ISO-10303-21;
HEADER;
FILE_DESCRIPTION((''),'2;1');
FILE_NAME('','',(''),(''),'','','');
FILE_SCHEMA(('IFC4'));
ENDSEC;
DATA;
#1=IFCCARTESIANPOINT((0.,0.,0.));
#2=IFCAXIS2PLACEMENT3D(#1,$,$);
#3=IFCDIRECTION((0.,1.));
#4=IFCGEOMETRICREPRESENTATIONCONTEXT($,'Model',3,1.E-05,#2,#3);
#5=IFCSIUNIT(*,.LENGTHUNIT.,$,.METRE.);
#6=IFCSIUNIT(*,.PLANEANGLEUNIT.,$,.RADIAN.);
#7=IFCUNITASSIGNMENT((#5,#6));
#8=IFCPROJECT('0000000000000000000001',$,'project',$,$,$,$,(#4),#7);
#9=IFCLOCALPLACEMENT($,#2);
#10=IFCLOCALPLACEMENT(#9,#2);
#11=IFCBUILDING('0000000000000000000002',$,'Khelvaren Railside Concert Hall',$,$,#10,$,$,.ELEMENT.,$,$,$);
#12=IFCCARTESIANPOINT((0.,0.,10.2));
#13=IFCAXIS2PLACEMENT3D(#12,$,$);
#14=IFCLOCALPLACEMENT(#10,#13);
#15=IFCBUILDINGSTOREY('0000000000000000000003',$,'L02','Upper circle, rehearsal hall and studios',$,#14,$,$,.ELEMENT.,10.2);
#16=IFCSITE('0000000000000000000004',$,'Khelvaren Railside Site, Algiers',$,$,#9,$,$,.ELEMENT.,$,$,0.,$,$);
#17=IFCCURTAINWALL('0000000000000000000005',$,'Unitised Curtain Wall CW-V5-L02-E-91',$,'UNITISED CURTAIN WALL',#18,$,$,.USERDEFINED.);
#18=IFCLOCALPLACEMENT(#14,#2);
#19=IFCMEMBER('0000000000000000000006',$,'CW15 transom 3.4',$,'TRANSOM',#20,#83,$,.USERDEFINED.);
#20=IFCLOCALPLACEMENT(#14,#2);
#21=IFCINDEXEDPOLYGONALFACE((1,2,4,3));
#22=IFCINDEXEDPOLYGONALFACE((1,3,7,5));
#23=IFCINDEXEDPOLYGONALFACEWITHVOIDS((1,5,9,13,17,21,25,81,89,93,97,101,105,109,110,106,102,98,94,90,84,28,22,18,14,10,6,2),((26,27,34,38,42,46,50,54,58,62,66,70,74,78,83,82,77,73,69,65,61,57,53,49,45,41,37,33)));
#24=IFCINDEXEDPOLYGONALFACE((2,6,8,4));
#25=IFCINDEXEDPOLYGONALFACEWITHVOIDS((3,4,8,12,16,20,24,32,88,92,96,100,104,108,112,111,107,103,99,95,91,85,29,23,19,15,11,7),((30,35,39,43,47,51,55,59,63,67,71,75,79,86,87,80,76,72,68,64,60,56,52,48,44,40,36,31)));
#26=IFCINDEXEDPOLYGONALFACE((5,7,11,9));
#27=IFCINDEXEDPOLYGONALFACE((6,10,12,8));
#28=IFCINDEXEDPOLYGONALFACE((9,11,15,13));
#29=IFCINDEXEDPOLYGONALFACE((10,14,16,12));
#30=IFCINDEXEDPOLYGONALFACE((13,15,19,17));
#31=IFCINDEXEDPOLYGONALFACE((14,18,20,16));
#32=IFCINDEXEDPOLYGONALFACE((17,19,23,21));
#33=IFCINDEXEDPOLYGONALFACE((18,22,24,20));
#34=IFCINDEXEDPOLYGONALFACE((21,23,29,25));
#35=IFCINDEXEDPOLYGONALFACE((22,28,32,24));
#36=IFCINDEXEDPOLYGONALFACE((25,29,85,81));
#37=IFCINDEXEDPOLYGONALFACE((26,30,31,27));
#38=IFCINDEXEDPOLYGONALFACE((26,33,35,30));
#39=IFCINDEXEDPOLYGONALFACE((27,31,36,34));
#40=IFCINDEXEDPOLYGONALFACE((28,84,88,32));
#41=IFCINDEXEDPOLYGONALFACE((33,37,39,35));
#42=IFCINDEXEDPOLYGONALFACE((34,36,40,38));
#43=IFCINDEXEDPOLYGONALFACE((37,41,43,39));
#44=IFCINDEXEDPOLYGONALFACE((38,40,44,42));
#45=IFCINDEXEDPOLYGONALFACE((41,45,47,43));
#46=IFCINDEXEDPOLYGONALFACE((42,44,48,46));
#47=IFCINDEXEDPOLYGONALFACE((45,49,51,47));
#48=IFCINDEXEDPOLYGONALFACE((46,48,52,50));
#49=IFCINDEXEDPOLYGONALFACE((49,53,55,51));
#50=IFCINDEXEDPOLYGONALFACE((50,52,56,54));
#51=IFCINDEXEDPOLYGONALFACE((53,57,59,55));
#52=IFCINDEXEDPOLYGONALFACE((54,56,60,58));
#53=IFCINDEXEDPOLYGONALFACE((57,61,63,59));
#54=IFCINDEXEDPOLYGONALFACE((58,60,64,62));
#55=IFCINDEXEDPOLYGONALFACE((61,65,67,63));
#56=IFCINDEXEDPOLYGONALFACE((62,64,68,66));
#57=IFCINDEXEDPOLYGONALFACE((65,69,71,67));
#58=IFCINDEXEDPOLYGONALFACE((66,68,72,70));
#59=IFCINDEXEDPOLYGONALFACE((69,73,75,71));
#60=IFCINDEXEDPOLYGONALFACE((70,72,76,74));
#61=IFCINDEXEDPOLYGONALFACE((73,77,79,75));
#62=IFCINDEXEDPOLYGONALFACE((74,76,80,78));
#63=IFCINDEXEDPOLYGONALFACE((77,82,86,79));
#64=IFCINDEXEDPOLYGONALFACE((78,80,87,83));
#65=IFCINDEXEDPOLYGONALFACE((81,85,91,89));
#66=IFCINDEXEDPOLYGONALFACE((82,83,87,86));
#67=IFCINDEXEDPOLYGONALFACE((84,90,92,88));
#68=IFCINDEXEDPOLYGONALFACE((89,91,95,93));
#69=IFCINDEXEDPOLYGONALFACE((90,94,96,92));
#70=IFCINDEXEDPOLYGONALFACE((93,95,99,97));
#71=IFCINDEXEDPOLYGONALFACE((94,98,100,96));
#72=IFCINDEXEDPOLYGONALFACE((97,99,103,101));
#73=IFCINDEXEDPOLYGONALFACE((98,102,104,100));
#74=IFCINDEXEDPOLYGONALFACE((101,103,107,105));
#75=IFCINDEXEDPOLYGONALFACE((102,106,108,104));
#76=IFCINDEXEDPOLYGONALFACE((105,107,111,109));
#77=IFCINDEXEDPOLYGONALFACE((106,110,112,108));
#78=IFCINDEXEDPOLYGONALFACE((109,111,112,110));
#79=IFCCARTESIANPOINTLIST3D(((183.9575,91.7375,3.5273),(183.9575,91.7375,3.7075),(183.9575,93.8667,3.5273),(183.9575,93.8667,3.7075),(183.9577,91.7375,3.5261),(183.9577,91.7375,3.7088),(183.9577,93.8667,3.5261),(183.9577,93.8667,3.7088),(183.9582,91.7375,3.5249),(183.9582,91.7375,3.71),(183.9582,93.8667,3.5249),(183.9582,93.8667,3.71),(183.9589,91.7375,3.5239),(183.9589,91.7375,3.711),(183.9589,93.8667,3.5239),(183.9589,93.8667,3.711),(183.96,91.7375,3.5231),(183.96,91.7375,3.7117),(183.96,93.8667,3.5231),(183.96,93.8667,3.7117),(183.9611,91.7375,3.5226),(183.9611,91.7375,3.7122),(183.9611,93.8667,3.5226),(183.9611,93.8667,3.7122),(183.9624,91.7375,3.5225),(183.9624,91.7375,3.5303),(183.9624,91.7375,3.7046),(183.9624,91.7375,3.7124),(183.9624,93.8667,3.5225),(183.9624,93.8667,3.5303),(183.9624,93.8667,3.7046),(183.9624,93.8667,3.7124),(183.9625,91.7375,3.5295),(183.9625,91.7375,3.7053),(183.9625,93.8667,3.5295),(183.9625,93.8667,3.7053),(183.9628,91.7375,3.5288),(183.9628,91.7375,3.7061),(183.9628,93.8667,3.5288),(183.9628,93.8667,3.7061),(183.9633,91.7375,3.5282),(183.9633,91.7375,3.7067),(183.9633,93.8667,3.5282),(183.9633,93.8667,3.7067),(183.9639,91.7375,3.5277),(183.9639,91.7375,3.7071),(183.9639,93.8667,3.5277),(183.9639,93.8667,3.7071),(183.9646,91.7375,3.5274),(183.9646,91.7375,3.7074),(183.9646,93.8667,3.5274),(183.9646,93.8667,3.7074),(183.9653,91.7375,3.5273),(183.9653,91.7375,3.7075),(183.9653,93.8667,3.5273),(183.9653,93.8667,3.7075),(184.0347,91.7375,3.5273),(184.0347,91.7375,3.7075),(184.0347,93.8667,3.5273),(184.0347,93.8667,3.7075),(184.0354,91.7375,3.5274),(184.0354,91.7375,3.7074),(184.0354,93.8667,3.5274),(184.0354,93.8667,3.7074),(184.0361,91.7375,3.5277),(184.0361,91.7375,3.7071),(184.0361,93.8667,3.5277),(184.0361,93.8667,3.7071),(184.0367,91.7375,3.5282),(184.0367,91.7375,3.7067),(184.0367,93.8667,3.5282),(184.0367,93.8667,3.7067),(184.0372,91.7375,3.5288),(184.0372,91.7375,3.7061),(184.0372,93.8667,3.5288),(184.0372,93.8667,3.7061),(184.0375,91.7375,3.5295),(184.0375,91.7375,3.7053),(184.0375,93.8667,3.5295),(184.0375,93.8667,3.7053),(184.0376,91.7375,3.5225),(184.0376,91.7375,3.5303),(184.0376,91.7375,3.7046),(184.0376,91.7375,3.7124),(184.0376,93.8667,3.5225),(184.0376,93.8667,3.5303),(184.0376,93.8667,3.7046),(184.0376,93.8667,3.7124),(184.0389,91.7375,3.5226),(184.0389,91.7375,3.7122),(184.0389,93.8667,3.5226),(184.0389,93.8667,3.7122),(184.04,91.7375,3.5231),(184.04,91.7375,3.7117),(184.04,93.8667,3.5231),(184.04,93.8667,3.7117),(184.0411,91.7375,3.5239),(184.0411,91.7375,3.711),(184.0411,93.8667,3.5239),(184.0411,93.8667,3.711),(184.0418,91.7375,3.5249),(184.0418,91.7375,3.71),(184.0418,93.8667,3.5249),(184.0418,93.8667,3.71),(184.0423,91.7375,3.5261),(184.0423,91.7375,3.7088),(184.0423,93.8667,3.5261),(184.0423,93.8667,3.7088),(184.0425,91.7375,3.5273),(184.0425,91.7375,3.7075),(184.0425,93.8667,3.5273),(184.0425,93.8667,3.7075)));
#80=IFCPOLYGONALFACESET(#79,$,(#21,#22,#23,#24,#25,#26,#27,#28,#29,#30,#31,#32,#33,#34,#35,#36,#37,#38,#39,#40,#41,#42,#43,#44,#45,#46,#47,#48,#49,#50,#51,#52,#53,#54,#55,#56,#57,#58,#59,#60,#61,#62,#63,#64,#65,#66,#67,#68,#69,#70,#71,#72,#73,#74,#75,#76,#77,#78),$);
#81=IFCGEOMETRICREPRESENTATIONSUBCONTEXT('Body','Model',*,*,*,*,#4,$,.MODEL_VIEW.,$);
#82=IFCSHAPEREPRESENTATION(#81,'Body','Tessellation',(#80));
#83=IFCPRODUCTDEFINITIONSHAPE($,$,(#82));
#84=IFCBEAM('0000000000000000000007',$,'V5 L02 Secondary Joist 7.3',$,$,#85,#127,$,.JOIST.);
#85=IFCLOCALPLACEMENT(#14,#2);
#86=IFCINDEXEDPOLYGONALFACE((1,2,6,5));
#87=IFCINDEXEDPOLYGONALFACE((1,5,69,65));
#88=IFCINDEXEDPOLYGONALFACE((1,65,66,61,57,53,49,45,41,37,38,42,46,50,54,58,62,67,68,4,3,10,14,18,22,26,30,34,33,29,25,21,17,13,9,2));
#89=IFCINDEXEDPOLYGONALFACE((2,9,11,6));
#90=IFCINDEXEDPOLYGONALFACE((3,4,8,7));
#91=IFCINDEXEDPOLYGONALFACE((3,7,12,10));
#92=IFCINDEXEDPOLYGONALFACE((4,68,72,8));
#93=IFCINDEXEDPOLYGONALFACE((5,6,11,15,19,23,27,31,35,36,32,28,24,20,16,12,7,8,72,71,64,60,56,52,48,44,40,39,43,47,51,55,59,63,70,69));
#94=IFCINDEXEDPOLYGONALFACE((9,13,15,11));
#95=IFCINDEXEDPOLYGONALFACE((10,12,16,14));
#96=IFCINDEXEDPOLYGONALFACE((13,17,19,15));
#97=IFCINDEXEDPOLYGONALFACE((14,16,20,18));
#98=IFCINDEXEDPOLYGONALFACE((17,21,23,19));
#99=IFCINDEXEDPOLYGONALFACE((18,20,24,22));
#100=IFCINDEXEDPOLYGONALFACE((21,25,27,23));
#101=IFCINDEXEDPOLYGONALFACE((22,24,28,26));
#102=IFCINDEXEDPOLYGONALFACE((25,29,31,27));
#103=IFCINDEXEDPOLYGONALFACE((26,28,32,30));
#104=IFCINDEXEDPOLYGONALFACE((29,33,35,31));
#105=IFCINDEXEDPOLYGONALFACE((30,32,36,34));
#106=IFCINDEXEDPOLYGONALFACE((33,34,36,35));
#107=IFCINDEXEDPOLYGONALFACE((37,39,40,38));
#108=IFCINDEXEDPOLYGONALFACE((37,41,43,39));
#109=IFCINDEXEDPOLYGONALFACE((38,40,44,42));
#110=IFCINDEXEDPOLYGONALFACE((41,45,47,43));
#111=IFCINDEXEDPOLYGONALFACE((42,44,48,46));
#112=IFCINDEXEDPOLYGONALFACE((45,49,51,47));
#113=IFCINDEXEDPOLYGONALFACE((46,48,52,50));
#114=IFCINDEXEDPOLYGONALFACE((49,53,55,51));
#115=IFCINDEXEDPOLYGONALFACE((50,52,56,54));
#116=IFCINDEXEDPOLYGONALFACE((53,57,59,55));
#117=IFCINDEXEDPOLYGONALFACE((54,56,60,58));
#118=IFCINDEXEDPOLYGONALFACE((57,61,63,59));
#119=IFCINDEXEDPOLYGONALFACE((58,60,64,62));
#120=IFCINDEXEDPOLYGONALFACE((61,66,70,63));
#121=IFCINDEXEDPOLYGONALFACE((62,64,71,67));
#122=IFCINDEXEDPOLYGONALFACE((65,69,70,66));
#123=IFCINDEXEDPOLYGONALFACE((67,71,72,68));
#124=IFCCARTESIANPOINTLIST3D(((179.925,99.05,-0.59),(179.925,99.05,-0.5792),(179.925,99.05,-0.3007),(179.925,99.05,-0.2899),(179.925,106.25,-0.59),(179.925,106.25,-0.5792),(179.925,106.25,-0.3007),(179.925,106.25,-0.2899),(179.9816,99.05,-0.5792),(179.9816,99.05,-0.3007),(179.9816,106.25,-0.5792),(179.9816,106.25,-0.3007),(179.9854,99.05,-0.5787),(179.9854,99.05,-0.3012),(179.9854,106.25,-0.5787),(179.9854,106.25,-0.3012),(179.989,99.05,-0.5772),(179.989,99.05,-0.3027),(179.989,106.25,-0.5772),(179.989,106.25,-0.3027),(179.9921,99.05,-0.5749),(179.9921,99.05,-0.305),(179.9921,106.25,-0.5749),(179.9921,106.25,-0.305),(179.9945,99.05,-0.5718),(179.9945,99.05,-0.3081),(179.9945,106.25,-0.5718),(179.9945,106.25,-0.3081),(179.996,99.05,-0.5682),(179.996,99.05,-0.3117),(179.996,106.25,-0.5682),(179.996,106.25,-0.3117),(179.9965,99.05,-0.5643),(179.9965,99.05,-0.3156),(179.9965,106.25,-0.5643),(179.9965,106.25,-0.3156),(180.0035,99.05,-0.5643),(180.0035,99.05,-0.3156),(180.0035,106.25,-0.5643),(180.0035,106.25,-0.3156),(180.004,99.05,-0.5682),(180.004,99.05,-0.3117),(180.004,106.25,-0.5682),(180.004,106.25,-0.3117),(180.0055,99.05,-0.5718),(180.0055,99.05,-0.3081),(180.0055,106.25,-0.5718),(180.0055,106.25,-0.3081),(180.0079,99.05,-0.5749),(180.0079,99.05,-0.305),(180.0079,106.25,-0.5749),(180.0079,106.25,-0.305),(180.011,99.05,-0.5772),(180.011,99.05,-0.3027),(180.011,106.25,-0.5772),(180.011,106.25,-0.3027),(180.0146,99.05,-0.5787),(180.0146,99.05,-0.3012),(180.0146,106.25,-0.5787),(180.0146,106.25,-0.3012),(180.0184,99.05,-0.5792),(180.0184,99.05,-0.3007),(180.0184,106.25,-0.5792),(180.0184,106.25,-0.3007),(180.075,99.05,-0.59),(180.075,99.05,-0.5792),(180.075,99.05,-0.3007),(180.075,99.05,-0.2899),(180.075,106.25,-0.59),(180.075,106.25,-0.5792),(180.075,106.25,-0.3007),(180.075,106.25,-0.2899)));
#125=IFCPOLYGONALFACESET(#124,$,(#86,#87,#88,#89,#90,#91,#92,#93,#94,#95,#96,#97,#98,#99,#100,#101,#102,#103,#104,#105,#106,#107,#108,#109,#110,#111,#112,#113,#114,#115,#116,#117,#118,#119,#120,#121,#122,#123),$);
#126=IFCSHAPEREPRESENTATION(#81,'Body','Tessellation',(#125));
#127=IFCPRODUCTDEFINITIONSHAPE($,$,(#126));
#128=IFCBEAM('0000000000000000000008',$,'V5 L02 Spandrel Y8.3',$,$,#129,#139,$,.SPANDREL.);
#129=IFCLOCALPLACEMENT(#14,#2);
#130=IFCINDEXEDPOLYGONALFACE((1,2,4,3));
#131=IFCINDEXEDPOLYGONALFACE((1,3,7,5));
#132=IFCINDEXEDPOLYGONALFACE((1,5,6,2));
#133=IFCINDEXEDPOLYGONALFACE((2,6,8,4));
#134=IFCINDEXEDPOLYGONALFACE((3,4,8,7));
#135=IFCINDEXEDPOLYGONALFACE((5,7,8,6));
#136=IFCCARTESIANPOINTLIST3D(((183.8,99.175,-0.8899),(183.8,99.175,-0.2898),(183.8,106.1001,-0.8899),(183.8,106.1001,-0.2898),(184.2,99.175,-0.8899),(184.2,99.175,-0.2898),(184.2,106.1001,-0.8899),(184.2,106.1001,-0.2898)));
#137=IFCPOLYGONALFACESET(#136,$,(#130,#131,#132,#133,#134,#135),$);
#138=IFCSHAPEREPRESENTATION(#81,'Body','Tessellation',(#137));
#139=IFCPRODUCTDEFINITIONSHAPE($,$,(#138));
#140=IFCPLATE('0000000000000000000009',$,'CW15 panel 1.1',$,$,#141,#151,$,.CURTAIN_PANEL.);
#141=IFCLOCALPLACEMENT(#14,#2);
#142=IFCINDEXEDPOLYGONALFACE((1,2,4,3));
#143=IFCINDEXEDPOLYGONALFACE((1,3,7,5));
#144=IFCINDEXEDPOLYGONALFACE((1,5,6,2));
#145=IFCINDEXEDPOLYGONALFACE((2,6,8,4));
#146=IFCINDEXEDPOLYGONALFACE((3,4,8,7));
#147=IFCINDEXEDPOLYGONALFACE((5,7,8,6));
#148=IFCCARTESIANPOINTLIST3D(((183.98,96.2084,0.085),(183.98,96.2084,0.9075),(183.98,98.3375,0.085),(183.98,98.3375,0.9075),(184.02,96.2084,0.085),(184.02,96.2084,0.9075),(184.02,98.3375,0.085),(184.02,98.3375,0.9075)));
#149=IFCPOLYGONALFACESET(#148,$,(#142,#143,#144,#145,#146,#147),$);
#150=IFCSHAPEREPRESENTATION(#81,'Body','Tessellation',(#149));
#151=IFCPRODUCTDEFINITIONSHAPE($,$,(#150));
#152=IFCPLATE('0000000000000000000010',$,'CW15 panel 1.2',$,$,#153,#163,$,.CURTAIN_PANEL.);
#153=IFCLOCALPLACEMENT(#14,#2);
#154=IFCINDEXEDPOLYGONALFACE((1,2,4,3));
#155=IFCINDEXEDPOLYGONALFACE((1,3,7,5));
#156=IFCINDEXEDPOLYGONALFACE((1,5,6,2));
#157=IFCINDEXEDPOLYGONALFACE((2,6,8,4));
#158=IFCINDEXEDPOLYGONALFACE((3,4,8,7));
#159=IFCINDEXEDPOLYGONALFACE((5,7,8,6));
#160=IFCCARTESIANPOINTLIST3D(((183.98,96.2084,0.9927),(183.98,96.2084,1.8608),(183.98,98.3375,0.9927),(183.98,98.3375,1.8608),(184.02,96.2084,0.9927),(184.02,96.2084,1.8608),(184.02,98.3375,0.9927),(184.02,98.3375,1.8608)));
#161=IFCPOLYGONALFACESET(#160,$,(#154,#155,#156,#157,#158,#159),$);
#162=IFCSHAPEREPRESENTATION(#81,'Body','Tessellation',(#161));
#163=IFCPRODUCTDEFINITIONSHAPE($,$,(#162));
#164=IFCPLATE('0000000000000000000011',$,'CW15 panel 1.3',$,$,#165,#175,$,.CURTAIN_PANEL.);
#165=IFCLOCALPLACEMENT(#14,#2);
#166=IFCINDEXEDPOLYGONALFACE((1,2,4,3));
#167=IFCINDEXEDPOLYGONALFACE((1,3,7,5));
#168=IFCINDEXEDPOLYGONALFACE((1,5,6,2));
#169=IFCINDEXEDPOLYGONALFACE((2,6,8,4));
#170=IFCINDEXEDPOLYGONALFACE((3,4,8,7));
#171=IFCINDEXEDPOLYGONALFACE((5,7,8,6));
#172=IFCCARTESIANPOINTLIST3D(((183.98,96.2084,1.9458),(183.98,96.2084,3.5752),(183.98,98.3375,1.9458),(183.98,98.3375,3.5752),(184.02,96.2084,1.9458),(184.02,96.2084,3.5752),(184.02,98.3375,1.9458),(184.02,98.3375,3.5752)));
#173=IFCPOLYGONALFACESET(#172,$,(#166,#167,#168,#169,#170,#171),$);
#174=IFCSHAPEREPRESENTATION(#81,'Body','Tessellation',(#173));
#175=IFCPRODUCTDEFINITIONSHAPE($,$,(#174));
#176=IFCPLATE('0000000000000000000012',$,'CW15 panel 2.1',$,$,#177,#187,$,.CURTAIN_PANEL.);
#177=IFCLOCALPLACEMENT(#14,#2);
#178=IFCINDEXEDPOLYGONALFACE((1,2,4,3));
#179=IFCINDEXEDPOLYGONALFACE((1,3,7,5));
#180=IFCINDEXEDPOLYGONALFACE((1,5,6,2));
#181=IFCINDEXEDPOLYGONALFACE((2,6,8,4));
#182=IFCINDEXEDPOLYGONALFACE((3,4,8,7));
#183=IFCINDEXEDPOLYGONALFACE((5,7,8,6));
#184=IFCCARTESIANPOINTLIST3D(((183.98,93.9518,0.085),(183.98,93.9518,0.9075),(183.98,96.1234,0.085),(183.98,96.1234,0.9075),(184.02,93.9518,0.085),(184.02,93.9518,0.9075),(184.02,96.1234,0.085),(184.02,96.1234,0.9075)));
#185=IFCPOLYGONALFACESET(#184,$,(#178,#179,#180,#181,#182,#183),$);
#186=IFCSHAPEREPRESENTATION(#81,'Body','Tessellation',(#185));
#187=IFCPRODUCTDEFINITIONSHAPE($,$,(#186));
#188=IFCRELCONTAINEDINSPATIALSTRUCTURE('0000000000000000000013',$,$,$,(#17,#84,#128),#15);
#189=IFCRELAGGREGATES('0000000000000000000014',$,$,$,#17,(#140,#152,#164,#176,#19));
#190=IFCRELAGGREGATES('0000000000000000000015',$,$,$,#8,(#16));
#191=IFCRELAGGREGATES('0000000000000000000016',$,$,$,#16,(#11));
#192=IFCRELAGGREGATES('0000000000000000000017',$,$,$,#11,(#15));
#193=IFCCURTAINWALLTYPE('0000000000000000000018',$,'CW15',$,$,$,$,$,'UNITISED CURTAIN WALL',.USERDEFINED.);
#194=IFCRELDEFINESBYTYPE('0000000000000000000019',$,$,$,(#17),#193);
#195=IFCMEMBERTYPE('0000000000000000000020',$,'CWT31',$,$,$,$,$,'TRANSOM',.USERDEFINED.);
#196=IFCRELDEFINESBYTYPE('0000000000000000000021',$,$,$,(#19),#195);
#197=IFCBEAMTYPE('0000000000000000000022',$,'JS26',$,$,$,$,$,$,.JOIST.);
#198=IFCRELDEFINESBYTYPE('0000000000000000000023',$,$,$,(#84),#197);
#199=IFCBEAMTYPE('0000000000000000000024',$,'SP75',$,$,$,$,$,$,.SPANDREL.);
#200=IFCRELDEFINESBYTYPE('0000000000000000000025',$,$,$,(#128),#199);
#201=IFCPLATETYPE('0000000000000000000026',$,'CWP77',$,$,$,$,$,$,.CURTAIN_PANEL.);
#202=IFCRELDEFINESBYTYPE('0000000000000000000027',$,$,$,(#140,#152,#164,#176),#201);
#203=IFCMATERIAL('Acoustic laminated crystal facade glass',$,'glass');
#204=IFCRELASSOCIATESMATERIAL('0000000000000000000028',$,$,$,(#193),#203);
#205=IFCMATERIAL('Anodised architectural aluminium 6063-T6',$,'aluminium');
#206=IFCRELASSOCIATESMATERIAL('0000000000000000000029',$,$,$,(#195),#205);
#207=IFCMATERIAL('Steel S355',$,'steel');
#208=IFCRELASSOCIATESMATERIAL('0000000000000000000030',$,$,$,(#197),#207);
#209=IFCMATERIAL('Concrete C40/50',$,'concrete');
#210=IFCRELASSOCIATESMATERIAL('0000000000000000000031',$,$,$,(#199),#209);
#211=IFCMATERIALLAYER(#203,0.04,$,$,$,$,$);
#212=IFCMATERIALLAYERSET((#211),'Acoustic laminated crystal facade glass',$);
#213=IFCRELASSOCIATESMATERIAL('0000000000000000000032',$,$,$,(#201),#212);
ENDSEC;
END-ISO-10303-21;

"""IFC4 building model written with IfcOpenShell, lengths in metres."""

from ifc_helpers import new_model, si_unit, direction, frame, origin, origin_2d, place, context, subcontext, project, spatial, rectangle, hollow_rectangle, i_section, extrude, material, layer, layer_set, material_profile, profile_set, type_object, element, aggregate, save


model = new_model("IFC4")

# Units and contexts
model_context = context("Model", 3, precision=1e-05, world=origin(), true_north=direction((0.0, 1.0)))
body_context = subcontext(model_context, "Body", "Model", "MODEL_VIEW")
ifc_project = project(units=[si_unit("LENGTHUNIT", "METRE"), si_unit("PLANEANGLEUNIT", "RADIAN")], contexts=[model_context])

# Site, building, storey
site_placement = place(None, origin())
site = spatial("IfcSite", under=ifc_project, at=site_placement, Name="Khelvaren Railside Site, Algiers", CompositionType="ELEMENT", RefElevation=0.0)
building_placement = place(site_placement, origin())
building = spatial("IfcBuilding", under=site, at=building_placement, Name="Khelvaren Railside Concert Hall", CompositionType="ELEMENT")
storey_placement = place(building_placement, frame((0.0, 0.0, 10.2)))
storey = spatial("IfcBuildingStorey", under=building, at=storey_placement, Name="L02", Description="Upper circle, rehearsal hall and studios", CompositionType="ELEMENT", Elevation=10.2)

# Curtain wall
ifc_material_1 = material(Name="Acoustic laminated crystal facade glass", Category="glass")
curtain_wall_type_1 = type_object("IfcCurtainWallType", Name="CW15", ElementType="UNITISED CURTAIN WALL", PredefinedType="USERDEFINED", material=ifc_material_1)
curtain_wall_1_placement = place(storey_placement, origin())
curtain_wall_1 = element("IfcCurtainWall", 1, at=curtain_wall_1_placement, inside=storey, type_object=curtain_wall_type_1, Name="Unitised Curtain Wall CW-V5-L02-E-91", ObjectType="UNITISED CURTAIN WALL", PredefinedType="USERDEFINED")
ifc_material_2 = material(Name="Anodised architectural aluminium 6063-T6", Category="aluminium")

# Member
ifc_material_profile_1 = material_profile(ifc_material_2, hollow_rectangle(XDim=0.085, YDim=0.1899, WallThickness=0.0049, InnerFilletRadius=0.0029, OuterFilletRadius=0.0049, at=origin_2d()), Name="CWT 85x190x5")
ifc_profile_set_1 = profile_set([ifc_material_profile_1], Name="Anodised architectural aluminium 6063-T6")
member_type_1 = type_object("IfcMemberType", Name="CWT31", ElementType="TRANSOM", PredefinedType="USERDEFINED", material=ifc_profile_set_1)
member_1_placement = place(storey_placement, frame((184.0, 93.8667, 3.6174), z_axis=(0.0, -1.0, 0.0), x_axis=(1.0, 0.0, 0.0)))
member_1 = element("IfcMember", 2, at=member_1_placement, type_object=member_type_1, Name="CW15 transom 3.4", ObjectType="TRANSOM", PredefinedType="USERDEFINED", context=body_context, shape_type="SweptSolid", body=[
    extrude(hollow_rectangle(XDim=0.085, YDim=0.1899, WallThickness=0.0049, InnerFilletRadius=0.0029, OuterFilletRadius=0.0049, at=origin_2d()), origin(), (0.0, 0.0, 1.0), 2.1292),
])

# Beams
ifc_material_3 = material(Name="Steel S355", Category="steel")
ifc_material_profile_2 = material_profile(ifc_material_3, i_section(OverallWidth=0.1499, OverallDepth=0.3, WebThickness=0.0071, FlangeThickness=0.0107, FilletRadius=0.0149, at=origin_2d()), Name="IPE 300")
ifc_profile_set_2 = profile_set([ifc_material_profile_2], Name="Steel S355")
beam_type_1 = type_object("IfcBeamType", Name="JS26", PredefinedType="JOIST", material=ifc_profile_set_2)
beam_1_placement = place(storey_placement, frame((180.0, 99.05, -0.4399), z_axis=(0.0, 1.0, 0.0), x_axis=(-1.0, 0.0, 0.0)))
element("IfcBeam", 3, at=beam_1_placement, inside=storey, type_object=beam_type_1, Name="V5 L02 Secondary Joist 7.3", PredefinedType="JOIST", context=body_context, shape_type="SweptSolid", body=[
    extrude(i_section(OverallWidth=0.1499, OverallDepth=0.3, WebThickness=0.0071, FlangeThickness=0.0107, FilletRadius=0.0149, at=origin_2d()), origin(), (0.0, 0.0, 1.0), 7.2),
])
ifc_material_4 = material(Name="Concrete C40/50", Category="concrete")
ifc_material_profile_3 = material_profile(ifc_material_4, rectangle(XDim=0.3999, YDim=0.6001, at=origin_2d()), Name="RCB 400x600")
ifc_profile_set_3 = profile_set([ifc_material_profile_3], Name="Concrete C40/50")
beam_type_2 = type_object("IfcBeamType", Name="SP75", PredefinedType="SPANDREL", material=ifc_profile_set_3)
beam_2_placement = place(storey_placement, frame((184.0, 99.175, -0.5898), z_axis=(0.0, 1.0, 0.0), x_axis=(-1.0, 0.0, 0.0)))
element("IfcBeam", 4, at=beam_2_placement, inside=storey, type_object=beam_type_2, Name="V5 L02 Spandrel Y8.3", PredefinedType="SPANDREL", context=body_context, shape_type="SweptSolid", body=[
    extrude(rectangle(XDim=0.3999, YDim=0.6001, at=origin_2d()), origin(), (0.0, 0.0, 1.0), 6.925),
])

# Plates
ifc_layer = layer(ifc_material_1, 0.04)
ifc_layer_set = layer_set([ifc_layer], Name="Acoustic laminated crystal facade glass")
plate_type = type_object("IfcPlateType", Name="CWP77", PredefinedType="CURTAIN_PANEL", material=ifc_layer_set)
plate_1_placement = place(storey_placement, frame((184.0, 97.2729, 0.085), z_axis=(0.0, 0.0, 1.0), x_axis=(0.0, -1.0, 0.0)))
plate_1 = element("IfcPlate", 5, at=plate_1_placement, type_object=plate_type, Name="CW15 panel 1.1", PredefinedType="CURTAIN_PANEL", context=body_context, shape_type="SweptSolid", body=[
    extrude(rectangle(XDim=2.1292, YDim=0.04, at=origin_2d()), origin(), (0.0, 0.0, 1.0), 0.8225),
])
plate_2_placement = place(storey_placement, frame((184.0, 97.2729, 0.9927), z_axis=(0.0, 0.0, 1.0), x_axis=(0.0, -1.0, 0.0)))
plate_2 = element("IfcPlate", 6, at=plate_2_placement, type_object=plate_type, Name="CW15 panel 1.2", PredefinedType="CURTAIN_PANEL", context=body_context, shape_type="SweptSolid", body=[
    extrude(rectangle(XDim=2.1292, YDim=0.04, at=origin_2d()), origin(), (0.0, 0.0, 1.0), 0.8682),
])
plate_3_placement = place(storey_placement, frame((184.0, 97.2729, 1.9458), z_axis=(0.0, 0.0, 1.0), x_axis=(0.0, -1.0, 0.0)))
plate_3 = element("IfcPlate", 7, at=plate_3_placement, type_object=plate_type, Name="CW15 panel 1.3", PredefinedType="CURTAIN_PANEL", context=body_context, shape_type="SweptSolid", body=[
    extrude(rectangle(XDim=2.1292, YDim=0.04, at=origin_2d()), origin(), (0.0, 0.0, 1.0), 1.6294),
])
plate_4_placement = place(storey_placement, frame((184.0, 95.0376, 0.085), z_axis=(0.0, 0.0, 1.0), x_axis=(0.0, -1.0, 0.0)))
plate_4 = element("IfcPlate", 8, at=plate_4_placement, type_object=plate_type, Name="CW15 panel 2.1", PredefinedType="CURTAIN_PANEL", context=body_context, shape_type="SweptSolid", body=[
    extrude(rectangle(XDim=2.1716, YDim=0.04, at=origin_2d()), origin(), (0.0, 0.0, 1.0), 0.8225),
])
aggregate(curtain_wall_1, [plate_1, plate_2, plate_3, plate_4, member_1])

save(model, "model.ifc")
